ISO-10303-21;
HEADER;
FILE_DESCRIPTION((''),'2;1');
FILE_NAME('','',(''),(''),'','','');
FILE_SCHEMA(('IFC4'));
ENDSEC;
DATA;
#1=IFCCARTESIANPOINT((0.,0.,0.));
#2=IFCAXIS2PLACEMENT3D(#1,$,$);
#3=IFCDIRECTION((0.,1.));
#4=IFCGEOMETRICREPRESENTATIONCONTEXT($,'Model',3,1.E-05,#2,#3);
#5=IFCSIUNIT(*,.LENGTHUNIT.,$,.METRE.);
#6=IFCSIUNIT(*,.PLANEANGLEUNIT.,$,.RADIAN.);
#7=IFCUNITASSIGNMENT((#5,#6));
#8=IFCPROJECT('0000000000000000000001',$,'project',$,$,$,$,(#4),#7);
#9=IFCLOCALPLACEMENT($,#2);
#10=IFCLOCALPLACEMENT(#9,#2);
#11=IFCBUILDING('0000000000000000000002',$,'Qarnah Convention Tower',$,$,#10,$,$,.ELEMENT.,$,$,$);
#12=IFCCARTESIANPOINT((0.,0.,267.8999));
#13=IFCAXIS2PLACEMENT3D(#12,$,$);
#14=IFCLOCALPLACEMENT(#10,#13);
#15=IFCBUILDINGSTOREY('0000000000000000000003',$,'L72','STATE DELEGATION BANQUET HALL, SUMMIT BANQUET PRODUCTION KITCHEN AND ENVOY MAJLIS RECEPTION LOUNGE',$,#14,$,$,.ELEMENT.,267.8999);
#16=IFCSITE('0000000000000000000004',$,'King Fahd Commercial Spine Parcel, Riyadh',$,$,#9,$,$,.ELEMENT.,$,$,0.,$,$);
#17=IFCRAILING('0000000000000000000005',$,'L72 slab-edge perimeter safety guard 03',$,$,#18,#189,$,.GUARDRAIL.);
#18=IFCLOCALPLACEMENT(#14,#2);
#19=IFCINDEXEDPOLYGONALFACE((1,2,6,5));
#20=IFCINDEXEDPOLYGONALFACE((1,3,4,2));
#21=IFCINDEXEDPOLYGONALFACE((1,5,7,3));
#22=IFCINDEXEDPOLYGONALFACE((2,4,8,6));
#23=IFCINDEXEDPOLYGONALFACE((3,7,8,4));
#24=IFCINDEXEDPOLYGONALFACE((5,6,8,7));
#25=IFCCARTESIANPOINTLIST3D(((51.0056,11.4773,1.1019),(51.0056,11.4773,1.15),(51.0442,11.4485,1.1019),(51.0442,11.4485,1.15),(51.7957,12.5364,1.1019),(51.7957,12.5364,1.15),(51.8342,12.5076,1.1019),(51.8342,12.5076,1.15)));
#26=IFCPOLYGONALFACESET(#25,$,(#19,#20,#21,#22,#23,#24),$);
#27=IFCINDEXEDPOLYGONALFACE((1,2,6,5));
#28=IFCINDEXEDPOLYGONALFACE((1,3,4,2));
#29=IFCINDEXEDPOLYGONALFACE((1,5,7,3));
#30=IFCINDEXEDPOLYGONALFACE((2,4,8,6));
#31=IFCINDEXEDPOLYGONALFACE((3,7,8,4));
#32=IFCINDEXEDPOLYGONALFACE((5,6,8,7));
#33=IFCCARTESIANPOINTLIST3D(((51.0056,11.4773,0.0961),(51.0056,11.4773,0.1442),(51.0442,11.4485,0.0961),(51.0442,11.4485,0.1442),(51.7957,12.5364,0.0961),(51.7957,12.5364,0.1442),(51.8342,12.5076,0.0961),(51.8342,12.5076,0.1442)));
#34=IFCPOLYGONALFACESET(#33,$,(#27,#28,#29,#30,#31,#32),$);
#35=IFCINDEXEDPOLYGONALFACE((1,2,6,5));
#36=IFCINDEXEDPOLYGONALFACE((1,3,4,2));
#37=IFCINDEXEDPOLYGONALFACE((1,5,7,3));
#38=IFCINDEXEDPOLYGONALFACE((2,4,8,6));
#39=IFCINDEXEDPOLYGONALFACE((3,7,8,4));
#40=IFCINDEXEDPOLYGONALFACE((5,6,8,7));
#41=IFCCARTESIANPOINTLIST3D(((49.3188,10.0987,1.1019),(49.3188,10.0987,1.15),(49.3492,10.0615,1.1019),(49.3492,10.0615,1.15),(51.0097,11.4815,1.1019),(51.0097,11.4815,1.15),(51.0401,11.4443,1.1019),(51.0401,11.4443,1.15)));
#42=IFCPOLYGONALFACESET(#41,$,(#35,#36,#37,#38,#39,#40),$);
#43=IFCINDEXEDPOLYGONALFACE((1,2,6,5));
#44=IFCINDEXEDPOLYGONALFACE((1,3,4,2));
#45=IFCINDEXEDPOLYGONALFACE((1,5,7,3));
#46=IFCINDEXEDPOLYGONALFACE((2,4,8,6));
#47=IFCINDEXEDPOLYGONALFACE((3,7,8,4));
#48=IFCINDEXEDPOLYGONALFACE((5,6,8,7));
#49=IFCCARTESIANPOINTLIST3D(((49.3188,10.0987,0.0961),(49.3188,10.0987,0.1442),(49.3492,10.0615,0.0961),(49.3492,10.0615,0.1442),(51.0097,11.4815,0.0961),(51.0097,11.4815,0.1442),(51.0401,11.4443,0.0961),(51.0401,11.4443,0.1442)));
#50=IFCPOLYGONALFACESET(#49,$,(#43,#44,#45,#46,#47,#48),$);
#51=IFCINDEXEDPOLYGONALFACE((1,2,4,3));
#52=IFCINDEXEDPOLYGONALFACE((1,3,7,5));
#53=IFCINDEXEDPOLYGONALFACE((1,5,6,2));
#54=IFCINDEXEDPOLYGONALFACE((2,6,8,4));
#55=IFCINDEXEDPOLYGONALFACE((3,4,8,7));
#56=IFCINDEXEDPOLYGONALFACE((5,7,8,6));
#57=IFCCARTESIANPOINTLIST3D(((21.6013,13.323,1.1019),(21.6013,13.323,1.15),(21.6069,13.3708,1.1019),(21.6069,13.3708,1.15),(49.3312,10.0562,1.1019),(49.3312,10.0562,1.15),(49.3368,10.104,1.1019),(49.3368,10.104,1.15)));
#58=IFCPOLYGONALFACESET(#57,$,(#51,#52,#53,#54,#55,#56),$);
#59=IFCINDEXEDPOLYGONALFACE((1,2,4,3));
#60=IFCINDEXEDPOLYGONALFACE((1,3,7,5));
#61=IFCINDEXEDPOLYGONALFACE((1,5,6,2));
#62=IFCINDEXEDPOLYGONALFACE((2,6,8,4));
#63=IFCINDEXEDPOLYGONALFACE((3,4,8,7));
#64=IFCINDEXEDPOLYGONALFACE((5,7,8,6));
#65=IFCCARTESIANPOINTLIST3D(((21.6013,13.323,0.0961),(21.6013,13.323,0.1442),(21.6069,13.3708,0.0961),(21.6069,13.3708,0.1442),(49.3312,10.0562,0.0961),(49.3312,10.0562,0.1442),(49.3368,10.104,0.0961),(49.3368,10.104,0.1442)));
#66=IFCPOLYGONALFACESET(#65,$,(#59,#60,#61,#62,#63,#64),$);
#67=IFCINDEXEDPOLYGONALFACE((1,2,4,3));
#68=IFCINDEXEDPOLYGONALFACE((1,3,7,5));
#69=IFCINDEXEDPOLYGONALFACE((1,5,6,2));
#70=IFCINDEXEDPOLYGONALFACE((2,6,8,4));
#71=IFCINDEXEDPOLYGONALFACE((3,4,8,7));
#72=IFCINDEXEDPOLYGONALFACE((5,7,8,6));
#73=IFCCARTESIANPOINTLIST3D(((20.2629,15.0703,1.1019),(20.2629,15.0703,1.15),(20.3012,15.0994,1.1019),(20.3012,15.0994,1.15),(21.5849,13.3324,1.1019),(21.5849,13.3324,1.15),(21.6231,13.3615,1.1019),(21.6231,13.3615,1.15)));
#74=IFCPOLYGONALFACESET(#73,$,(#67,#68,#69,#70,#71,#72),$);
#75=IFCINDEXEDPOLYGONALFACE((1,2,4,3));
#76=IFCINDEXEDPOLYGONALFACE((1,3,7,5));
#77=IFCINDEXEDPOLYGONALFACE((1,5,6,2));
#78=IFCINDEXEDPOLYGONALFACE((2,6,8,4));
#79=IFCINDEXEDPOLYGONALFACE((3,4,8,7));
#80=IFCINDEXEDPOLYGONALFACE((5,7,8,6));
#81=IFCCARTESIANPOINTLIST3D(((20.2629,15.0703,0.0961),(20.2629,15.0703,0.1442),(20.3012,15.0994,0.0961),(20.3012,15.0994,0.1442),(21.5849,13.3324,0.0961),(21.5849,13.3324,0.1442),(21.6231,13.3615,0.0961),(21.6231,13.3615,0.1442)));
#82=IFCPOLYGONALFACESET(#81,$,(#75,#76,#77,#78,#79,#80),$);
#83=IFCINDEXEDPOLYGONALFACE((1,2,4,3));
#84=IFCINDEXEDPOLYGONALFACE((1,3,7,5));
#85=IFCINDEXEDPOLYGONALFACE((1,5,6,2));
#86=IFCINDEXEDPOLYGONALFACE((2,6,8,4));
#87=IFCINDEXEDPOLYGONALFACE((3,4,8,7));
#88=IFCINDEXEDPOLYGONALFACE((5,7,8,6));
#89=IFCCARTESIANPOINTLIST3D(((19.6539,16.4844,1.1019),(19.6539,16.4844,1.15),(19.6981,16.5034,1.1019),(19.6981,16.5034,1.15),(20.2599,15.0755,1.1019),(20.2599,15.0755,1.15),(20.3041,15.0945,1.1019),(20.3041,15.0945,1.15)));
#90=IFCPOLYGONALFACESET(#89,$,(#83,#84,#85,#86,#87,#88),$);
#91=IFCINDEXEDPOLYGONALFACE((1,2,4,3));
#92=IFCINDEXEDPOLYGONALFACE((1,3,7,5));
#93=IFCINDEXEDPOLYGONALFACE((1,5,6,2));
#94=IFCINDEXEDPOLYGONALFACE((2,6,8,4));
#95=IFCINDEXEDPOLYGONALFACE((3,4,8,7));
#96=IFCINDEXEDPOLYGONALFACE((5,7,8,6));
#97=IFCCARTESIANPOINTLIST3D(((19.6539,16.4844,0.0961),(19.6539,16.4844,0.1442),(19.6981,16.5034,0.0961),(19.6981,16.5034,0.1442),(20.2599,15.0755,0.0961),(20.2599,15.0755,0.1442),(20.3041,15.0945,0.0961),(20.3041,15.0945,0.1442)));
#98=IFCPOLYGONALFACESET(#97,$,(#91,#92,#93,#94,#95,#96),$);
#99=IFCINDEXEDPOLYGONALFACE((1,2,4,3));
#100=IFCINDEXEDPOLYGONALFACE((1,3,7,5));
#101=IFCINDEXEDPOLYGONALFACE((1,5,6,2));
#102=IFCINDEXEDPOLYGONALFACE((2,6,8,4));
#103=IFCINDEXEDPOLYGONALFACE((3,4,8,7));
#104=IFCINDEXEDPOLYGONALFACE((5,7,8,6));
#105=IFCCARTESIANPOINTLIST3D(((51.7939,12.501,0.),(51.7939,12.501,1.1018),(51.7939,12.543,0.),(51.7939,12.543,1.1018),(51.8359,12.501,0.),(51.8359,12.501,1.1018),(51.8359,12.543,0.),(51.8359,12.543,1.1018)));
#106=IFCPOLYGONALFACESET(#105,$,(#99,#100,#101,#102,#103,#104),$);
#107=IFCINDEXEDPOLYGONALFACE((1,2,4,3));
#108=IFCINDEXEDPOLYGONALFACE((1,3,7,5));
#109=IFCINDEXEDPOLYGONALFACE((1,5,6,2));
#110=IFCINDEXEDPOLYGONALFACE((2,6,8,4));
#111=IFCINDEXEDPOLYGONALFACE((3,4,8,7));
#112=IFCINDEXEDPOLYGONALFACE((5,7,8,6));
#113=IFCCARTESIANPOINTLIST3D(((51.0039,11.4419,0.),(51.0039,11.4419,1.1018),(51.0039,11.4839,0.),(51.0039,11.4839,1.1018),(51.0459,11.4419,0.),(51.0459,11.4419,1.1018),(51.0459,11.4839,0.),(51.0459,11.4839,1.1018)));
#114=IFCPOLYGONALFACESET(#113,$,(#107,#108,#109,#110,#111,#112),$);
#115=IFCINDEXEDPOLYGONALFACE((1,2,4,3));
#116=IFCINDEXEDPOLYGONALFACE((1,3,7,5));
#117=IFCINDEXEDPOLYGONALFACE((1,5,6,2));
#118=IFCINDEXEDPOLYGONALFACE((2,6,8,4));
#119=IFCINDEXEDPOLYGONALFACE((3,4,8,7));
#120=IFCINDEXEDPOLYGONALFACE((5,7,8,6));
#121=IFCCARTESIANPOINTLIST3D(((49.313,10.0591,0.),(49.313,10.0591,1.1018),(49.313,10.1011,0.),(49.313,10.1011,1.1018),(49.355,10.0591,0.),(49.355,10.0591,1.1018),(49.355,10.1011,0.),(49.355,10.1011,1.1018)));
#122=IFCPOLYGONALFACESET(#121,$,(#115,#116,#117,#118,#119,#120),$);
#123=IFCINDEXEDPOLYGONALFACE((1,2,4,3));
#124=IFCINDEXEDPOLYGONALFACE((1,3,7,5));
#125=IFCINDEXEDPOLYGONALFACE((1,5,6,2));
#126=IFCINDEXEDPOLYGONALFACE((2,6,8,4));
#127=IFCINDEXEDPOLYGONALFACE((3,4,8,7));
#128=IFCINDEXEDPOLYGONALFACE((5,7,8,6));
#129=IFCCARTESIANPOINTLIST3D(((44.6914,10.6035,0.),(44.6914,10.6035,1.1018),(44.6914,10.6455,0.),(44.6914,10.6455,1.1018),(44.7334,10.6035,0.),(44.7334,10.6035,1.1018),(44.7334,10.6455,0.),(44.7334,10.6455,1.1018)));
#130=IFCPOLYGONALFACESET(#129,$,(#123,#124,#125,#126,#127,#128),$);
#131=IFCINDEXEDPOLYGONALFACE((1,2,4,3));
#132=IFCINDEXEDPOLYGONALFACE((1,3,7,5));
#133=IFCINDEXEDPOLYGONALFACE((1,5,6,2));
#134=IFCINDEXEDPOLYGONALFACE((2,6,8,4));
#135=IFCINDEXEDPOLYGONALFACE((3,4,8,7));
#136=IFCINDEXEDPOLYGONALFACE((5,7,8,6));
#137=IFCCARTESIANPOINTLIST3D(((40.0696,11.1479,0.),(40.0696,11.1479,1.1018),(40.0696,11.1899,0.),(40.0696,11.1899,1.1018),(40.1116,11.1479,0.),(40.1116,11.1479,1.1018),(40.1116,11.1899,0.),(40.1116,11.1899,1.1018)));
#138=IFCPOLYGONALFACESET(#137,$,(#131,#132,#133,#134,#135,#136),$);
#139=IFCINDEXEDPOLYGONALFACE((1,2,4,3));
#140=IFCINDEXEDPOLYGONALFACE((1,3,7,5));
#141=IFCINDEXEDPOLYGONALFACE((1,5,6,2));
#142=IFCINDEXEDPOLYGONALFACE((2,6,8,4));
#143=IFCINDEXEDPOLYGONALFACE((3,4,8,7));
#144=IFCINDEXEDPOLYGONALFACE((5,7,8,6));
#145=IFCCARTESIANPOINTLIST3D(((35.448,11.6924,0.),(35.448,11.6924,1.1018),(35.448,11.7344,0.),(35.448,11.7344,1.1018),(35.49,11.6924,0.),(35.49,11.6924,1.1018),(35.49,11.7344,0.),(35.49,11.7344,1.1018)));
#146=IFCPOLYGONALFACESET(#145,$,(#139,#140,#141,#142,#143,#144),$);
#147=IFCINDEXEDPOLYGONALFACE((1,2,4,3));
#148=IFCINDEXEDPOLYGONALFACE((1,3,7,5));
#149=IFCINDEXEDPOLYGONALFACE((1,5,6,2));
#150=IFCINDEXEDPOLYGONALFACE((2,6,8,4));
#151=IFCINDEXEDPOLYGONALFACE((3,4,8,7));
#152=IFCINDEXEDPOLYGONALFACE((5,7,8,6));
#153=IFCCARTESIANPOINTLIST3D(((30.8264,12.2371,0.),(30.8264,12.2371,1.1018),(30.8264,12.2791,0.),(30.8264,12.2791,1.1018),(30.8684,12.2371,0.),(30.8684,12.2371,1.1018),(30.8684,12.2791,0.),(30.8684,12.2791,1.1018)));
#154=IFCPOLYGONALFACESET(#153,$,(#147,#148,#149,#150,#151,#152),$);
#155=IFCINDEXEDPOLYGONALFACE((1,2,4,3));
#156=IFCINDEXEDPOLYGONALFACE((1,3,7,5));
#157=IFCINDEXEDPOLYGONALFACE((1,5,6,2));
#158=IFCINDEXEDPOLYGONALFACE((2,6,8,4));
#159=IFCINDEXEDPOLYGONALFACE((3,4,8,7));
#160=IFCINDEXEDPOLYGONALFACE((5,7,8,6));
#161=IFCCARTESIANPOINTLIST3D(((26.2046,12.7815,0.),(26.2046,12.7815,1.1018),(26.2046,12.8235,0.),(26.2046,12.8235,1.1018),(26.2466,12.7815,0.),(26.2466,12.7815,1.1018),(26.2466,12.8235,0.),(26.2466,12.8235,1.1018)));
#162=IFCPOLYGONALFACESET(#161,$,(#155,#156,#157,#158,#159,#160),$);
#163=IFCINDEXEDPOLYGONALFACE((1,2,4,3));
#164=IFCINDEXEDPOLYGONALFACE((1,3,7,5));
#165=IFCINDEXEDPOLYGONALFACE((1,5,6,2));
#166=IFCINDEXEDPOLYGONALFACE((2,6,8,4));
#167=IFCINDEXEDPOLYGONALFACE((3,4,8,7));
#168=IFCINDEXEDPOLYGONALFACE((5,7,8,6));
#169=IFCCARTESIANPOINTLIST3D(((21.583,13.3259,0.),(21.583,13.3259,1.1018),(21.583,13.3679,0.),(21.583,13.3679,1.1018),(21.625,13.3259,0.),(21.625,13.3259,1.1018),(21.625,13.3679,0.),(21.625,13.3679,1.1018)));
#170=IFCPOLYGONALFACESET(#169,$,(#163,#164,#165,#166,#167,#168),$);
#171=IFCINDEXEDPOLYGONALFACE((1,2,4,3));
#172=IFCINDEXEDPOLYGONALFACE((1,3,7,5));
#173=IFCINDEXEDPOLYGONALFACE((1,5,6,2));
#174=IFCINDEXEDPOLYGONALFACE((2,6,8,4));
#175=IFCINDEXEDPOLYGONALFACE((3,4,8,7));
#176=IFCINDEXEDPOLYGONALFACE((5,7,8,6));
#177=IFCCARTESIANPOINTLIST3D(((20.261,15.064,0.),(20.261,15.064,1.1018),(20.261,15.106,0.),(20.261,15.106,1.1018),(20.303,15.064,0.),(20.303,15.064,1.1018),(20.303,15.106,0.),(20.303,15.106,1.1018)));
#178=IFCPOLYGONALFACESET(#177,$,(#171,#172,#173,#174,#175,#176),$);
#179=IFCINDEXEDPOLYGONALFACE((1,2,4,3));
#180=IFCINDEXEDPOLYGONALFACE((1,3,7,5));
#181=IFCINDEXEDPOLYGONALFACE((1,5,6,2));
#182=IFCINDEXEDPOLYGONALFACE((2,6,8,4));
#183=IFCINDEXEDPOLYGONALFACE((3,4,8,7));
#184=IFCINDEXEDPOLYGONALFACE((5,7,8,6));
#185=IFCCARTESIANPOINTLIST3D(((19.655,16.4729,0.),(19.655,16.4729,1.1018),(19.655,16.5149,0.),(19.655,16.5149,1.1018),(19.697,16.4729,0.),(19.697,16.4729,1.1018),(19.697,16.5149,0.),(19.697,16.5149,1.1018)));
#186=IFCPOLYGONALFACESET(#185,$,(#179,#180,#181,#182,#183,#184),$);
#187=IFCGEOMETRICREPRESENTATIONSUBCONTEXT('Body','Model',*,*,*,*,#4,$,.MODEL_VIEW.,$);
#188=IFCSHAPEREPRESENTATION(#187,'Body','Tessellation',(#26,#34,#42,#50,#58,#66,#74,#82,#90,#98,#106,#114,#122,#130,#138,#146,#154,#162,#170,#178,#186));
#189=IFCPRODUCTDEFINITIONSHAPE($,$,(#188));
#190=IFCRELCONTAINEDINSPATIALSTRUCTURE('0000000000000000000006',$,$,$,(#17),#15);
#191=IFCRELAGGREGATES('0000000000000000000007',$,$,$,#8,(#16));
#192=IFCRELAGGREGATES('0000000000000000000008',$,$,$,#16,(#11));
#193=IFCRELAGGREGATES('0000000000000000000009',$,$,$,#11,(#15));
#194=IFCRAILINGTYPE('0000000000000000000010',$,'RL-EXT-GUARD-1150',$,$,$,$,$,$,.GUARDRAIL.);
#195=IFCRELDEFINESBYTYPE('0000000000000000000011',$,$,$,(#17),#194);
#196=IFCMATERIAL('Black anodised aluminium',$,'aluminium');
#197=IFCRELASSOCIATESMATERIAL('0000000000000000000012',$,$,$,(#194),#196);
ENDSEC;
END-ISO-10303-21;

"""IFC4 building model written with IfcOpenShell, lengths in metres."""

from ifc_helpers import new_model, si_unit, direction, frame, origin, origin_2d, place, context, subcontext, project, spatial, rectangle, extrude, material, type_object, element, save


model = new_model("IFC4")

# Units and contexts
model_context = context("Model", 3, precision=1e-05, world=origin(), true_north=direction((0.0, 1.0)))
body_context = subcontext(model_context, "Body", "Model", "MODEL_VIEW")
ifc_project = project(units=[si_unit("LENGTHUNIT", "METRE"), si_unit("PLANEANGLEUNIT", "RADIAN")], contexts=[model_context])

# Site, building, storey
site_placement = place(None, origin())
site = spatial("IfcSite", under=ifc_project, at=site_placement, Name="King Fahd Commercial Spine Parcel, Riyadh", CompositionType="ELEMENT", RefElevation=0.0)
building_placement = place(site_placement, origin())
building = spatial("IfcBuilding", under=site, at=building_placement, Name="Qarnah Convention Tower", CompositionType="ELEMENT")
storey_placement = place(building_placement, frame((0.0, 0.0, 267.8999)))
storey = spatial("IfcBuildingStorey", under=building, at=storey_placement, Name="L72", Description="STATE DELEGATION BANQUET HALL, SUMMIT BANQUET PRODUCTION KITCHEN AND ENVOY MAJLIS RECEPTION LOUNGE", CompositionType="ELEMENT", Elevation=267.8999)

# Shared definitions
ifc_material_1 = material(Name="Black anodised aluminium", Category="aluminium")

# Railing
railing_type_1 = type_object("IfcRailingType", Name="RL-EXT-GUARD-1150", PredefinedType="GUARDRAIL", material=ifc_material_1)
railing_1_placement = place(storey_placement, frame((51.8149, 12.522, 0.0)))
element("IfcRailing", 1, at=railing_1_placement, inside=storey, type_object=railing_type_1, Name="L72 slab-edge perimeter safety guard 03", PredefinedType="GUARDRAIL", context=body_context, shape_type="SweptSolid", body=[
    extrude(rectangle(XDim=0.0481, YDim=0.0481, at=origin_2d()), frame((0.0, 0.0, 1.126), z_axis=(-0.597929, -0.801549, 0.0), x_axis=(0.801549, -0.597929, 0.0)), (0.0, 0.0, 1.0), 1.3213),
    extrude(rectangle(XDim=0.0481, YDim=0.0481, at=origin_2d()), frame((0.0, 0.0, 0.1201), z_axis=(-0.597929, -0.801549, 0.0), x_axis=(0.801549, -0.597929, 0.0)), (0.0, 0.0, 1.0), 1.3213),
    extrude(rectangle(XDim=0.0481, YDim=0.0481, at=origin_2d()), frame((-0.79, -1.0591, 1.126), z_axis=(-0.774107, -0.633055, 0.0), x_axis=(0.633055, -0.774107, 0.0)), (0.0, 0.0, 1.0), 2.1843),
    extrude(rectangle(XDim=0.0481, YDim=0.0481, at=origin_2d()), frame((-0.79, -1.0591, 0.1201), z_axis=(-0.774107, -0.633055, 0.0), x_axis=(0.633055, -0.774107, 0.0)), (0.0, 0.0, 1.0), 2.1843),
    extrude(rectangle(XDim=0.0481, YDim=0.0481, at=origin_2d()), frame((-2.481, -2.4419, 1.126), z_axis=(-0.993132, 0.117, 0.0), x_axis=(-0.117, -0.993132, 0.0)), (0.0, 0.0, 1.0), 27.9216),
    extrude(rectangle(XDim=0.0481, YDim=0.0481, at=origin_2d()), frame((-2.481, -2.4419, 0.1201), z_axis=(-0.993132, 0.117, 0.0), x_axis=(-0.117, -0.993132, 0.0)), (0.0, 0.0, 1.0), 27.9216),
    extrude(rectangle(XDim=0.0481, YDim=0.0481, at=origin_2d()), frame((-30.2109, 0.825, 1.126), z_axis=(-0.605406, 0.795917, 0.0), x_axis=(-0.795917, -0.605406, 0.0)), (0.0, 0.0, 1.0), 2.1836),
    extrude(rectangle(XDim=0.0481, YDim=0.0481, at=origin_2d()), frame((-30.2109, 0.825, 0.1201), z_axis=(-0.605406, 0.795917, 0.0), x_axis=(-0.795917, -0.605406, 0.0)), (0.0, 0.0, 1.0), 2.1836),
    extrude(rectangle(XDim=0.0481, YDim=0.0481, at=origin_2d()), frame((-31.533, 2.563, 1.126), z_axis=(-0.395091, 0.918642, 0.0), x_axis=(-0.918642, -0.395091, 0.0)), (0.0, 0.0, 1.0), 1.5337),
    extrude(rectangle(XDim=0.0481, YDim=0.0481, at=origin_2d()), frame((-31.533, 2.563, 0.1201), z_axis=(-0.395091, 0.918642, 0.0), x_axis=(-0.918642, -0.395091, 0.0)), (0.0, 0.0, 1.0), 1.5337),
    extrude(rectangle(XDim=0.042, YDim=0.042, at=origin_2d()), origin(), (0.0, 0.0, 1.0), 1.1018),
    extrude(rectangle(XDim=0.042, YDim=0.042, at=origin_2d()), frame((-0.79, -1.0591, 0.0)), (0.0, 0.0, 1.0), 1.1018),
    extrude(rectangle(XDim=0.042, YDim=0.042, at=origin_2d()), frame((-2.481, -2.4419, 0.0)), (0.0, 0.0, 1.0), 1.1018),
    extrude(rectangle(XDim=0.042, YDim=0.042, at=origin_2d()), frame((-7.1025, -1.8975, 0.0)), (0.0, 0.0, 1.0), 1.1018),
    extrude(rectangle(XDim=0.042, YDim=0.042, at=origin_2d()), frame((-11.7244, -1.353, 0.0)), (0.0, 0.0, 1.0), 1.1018),
    extrude(rectangle(XDim=0.042, YDim=0.042, at=origin_2d()), frame((-16.3459, -0.8086, 0.0)), (0.0, 0.0, 1.0), 1.1018),
    extrude(rectangle(XDim=0.042, YDim=0.042, at=origin_2d()), frame((-20.9675, -0.2639, 0.0)), (0.0, 0.0, 1.0), 1.1018),
    extrude(rectangle(XDim=0.042, YDim=0.042, at=origin_2d()), frame((-25.5894, 0.2805, 0.0)), (0.0, 0.0, 1.0), 1.1018),
    extrude(rectangle(XDim=0.042, YDim=0.042, at=origin_2d()), frame((-30.2109, 0.825, 0.0)), (0.0, 0.0, 1.0), 1.1018),
    extrude(rectangle(XDim=0.042, YDim=0.042, at=origin_2d()), frame((-31.533, 2.563, 0.0)), (0.0, 0.0, 1.0), 1.1018),
    extrude(rectangle(XDim=0.042, YDim=0.042, at=origin_2d()), frame((-32.1389, 3.9719, 0.0)), (0.0, 0.0, 1.0), 1.1018),
])

save(model, "model.ifc")
